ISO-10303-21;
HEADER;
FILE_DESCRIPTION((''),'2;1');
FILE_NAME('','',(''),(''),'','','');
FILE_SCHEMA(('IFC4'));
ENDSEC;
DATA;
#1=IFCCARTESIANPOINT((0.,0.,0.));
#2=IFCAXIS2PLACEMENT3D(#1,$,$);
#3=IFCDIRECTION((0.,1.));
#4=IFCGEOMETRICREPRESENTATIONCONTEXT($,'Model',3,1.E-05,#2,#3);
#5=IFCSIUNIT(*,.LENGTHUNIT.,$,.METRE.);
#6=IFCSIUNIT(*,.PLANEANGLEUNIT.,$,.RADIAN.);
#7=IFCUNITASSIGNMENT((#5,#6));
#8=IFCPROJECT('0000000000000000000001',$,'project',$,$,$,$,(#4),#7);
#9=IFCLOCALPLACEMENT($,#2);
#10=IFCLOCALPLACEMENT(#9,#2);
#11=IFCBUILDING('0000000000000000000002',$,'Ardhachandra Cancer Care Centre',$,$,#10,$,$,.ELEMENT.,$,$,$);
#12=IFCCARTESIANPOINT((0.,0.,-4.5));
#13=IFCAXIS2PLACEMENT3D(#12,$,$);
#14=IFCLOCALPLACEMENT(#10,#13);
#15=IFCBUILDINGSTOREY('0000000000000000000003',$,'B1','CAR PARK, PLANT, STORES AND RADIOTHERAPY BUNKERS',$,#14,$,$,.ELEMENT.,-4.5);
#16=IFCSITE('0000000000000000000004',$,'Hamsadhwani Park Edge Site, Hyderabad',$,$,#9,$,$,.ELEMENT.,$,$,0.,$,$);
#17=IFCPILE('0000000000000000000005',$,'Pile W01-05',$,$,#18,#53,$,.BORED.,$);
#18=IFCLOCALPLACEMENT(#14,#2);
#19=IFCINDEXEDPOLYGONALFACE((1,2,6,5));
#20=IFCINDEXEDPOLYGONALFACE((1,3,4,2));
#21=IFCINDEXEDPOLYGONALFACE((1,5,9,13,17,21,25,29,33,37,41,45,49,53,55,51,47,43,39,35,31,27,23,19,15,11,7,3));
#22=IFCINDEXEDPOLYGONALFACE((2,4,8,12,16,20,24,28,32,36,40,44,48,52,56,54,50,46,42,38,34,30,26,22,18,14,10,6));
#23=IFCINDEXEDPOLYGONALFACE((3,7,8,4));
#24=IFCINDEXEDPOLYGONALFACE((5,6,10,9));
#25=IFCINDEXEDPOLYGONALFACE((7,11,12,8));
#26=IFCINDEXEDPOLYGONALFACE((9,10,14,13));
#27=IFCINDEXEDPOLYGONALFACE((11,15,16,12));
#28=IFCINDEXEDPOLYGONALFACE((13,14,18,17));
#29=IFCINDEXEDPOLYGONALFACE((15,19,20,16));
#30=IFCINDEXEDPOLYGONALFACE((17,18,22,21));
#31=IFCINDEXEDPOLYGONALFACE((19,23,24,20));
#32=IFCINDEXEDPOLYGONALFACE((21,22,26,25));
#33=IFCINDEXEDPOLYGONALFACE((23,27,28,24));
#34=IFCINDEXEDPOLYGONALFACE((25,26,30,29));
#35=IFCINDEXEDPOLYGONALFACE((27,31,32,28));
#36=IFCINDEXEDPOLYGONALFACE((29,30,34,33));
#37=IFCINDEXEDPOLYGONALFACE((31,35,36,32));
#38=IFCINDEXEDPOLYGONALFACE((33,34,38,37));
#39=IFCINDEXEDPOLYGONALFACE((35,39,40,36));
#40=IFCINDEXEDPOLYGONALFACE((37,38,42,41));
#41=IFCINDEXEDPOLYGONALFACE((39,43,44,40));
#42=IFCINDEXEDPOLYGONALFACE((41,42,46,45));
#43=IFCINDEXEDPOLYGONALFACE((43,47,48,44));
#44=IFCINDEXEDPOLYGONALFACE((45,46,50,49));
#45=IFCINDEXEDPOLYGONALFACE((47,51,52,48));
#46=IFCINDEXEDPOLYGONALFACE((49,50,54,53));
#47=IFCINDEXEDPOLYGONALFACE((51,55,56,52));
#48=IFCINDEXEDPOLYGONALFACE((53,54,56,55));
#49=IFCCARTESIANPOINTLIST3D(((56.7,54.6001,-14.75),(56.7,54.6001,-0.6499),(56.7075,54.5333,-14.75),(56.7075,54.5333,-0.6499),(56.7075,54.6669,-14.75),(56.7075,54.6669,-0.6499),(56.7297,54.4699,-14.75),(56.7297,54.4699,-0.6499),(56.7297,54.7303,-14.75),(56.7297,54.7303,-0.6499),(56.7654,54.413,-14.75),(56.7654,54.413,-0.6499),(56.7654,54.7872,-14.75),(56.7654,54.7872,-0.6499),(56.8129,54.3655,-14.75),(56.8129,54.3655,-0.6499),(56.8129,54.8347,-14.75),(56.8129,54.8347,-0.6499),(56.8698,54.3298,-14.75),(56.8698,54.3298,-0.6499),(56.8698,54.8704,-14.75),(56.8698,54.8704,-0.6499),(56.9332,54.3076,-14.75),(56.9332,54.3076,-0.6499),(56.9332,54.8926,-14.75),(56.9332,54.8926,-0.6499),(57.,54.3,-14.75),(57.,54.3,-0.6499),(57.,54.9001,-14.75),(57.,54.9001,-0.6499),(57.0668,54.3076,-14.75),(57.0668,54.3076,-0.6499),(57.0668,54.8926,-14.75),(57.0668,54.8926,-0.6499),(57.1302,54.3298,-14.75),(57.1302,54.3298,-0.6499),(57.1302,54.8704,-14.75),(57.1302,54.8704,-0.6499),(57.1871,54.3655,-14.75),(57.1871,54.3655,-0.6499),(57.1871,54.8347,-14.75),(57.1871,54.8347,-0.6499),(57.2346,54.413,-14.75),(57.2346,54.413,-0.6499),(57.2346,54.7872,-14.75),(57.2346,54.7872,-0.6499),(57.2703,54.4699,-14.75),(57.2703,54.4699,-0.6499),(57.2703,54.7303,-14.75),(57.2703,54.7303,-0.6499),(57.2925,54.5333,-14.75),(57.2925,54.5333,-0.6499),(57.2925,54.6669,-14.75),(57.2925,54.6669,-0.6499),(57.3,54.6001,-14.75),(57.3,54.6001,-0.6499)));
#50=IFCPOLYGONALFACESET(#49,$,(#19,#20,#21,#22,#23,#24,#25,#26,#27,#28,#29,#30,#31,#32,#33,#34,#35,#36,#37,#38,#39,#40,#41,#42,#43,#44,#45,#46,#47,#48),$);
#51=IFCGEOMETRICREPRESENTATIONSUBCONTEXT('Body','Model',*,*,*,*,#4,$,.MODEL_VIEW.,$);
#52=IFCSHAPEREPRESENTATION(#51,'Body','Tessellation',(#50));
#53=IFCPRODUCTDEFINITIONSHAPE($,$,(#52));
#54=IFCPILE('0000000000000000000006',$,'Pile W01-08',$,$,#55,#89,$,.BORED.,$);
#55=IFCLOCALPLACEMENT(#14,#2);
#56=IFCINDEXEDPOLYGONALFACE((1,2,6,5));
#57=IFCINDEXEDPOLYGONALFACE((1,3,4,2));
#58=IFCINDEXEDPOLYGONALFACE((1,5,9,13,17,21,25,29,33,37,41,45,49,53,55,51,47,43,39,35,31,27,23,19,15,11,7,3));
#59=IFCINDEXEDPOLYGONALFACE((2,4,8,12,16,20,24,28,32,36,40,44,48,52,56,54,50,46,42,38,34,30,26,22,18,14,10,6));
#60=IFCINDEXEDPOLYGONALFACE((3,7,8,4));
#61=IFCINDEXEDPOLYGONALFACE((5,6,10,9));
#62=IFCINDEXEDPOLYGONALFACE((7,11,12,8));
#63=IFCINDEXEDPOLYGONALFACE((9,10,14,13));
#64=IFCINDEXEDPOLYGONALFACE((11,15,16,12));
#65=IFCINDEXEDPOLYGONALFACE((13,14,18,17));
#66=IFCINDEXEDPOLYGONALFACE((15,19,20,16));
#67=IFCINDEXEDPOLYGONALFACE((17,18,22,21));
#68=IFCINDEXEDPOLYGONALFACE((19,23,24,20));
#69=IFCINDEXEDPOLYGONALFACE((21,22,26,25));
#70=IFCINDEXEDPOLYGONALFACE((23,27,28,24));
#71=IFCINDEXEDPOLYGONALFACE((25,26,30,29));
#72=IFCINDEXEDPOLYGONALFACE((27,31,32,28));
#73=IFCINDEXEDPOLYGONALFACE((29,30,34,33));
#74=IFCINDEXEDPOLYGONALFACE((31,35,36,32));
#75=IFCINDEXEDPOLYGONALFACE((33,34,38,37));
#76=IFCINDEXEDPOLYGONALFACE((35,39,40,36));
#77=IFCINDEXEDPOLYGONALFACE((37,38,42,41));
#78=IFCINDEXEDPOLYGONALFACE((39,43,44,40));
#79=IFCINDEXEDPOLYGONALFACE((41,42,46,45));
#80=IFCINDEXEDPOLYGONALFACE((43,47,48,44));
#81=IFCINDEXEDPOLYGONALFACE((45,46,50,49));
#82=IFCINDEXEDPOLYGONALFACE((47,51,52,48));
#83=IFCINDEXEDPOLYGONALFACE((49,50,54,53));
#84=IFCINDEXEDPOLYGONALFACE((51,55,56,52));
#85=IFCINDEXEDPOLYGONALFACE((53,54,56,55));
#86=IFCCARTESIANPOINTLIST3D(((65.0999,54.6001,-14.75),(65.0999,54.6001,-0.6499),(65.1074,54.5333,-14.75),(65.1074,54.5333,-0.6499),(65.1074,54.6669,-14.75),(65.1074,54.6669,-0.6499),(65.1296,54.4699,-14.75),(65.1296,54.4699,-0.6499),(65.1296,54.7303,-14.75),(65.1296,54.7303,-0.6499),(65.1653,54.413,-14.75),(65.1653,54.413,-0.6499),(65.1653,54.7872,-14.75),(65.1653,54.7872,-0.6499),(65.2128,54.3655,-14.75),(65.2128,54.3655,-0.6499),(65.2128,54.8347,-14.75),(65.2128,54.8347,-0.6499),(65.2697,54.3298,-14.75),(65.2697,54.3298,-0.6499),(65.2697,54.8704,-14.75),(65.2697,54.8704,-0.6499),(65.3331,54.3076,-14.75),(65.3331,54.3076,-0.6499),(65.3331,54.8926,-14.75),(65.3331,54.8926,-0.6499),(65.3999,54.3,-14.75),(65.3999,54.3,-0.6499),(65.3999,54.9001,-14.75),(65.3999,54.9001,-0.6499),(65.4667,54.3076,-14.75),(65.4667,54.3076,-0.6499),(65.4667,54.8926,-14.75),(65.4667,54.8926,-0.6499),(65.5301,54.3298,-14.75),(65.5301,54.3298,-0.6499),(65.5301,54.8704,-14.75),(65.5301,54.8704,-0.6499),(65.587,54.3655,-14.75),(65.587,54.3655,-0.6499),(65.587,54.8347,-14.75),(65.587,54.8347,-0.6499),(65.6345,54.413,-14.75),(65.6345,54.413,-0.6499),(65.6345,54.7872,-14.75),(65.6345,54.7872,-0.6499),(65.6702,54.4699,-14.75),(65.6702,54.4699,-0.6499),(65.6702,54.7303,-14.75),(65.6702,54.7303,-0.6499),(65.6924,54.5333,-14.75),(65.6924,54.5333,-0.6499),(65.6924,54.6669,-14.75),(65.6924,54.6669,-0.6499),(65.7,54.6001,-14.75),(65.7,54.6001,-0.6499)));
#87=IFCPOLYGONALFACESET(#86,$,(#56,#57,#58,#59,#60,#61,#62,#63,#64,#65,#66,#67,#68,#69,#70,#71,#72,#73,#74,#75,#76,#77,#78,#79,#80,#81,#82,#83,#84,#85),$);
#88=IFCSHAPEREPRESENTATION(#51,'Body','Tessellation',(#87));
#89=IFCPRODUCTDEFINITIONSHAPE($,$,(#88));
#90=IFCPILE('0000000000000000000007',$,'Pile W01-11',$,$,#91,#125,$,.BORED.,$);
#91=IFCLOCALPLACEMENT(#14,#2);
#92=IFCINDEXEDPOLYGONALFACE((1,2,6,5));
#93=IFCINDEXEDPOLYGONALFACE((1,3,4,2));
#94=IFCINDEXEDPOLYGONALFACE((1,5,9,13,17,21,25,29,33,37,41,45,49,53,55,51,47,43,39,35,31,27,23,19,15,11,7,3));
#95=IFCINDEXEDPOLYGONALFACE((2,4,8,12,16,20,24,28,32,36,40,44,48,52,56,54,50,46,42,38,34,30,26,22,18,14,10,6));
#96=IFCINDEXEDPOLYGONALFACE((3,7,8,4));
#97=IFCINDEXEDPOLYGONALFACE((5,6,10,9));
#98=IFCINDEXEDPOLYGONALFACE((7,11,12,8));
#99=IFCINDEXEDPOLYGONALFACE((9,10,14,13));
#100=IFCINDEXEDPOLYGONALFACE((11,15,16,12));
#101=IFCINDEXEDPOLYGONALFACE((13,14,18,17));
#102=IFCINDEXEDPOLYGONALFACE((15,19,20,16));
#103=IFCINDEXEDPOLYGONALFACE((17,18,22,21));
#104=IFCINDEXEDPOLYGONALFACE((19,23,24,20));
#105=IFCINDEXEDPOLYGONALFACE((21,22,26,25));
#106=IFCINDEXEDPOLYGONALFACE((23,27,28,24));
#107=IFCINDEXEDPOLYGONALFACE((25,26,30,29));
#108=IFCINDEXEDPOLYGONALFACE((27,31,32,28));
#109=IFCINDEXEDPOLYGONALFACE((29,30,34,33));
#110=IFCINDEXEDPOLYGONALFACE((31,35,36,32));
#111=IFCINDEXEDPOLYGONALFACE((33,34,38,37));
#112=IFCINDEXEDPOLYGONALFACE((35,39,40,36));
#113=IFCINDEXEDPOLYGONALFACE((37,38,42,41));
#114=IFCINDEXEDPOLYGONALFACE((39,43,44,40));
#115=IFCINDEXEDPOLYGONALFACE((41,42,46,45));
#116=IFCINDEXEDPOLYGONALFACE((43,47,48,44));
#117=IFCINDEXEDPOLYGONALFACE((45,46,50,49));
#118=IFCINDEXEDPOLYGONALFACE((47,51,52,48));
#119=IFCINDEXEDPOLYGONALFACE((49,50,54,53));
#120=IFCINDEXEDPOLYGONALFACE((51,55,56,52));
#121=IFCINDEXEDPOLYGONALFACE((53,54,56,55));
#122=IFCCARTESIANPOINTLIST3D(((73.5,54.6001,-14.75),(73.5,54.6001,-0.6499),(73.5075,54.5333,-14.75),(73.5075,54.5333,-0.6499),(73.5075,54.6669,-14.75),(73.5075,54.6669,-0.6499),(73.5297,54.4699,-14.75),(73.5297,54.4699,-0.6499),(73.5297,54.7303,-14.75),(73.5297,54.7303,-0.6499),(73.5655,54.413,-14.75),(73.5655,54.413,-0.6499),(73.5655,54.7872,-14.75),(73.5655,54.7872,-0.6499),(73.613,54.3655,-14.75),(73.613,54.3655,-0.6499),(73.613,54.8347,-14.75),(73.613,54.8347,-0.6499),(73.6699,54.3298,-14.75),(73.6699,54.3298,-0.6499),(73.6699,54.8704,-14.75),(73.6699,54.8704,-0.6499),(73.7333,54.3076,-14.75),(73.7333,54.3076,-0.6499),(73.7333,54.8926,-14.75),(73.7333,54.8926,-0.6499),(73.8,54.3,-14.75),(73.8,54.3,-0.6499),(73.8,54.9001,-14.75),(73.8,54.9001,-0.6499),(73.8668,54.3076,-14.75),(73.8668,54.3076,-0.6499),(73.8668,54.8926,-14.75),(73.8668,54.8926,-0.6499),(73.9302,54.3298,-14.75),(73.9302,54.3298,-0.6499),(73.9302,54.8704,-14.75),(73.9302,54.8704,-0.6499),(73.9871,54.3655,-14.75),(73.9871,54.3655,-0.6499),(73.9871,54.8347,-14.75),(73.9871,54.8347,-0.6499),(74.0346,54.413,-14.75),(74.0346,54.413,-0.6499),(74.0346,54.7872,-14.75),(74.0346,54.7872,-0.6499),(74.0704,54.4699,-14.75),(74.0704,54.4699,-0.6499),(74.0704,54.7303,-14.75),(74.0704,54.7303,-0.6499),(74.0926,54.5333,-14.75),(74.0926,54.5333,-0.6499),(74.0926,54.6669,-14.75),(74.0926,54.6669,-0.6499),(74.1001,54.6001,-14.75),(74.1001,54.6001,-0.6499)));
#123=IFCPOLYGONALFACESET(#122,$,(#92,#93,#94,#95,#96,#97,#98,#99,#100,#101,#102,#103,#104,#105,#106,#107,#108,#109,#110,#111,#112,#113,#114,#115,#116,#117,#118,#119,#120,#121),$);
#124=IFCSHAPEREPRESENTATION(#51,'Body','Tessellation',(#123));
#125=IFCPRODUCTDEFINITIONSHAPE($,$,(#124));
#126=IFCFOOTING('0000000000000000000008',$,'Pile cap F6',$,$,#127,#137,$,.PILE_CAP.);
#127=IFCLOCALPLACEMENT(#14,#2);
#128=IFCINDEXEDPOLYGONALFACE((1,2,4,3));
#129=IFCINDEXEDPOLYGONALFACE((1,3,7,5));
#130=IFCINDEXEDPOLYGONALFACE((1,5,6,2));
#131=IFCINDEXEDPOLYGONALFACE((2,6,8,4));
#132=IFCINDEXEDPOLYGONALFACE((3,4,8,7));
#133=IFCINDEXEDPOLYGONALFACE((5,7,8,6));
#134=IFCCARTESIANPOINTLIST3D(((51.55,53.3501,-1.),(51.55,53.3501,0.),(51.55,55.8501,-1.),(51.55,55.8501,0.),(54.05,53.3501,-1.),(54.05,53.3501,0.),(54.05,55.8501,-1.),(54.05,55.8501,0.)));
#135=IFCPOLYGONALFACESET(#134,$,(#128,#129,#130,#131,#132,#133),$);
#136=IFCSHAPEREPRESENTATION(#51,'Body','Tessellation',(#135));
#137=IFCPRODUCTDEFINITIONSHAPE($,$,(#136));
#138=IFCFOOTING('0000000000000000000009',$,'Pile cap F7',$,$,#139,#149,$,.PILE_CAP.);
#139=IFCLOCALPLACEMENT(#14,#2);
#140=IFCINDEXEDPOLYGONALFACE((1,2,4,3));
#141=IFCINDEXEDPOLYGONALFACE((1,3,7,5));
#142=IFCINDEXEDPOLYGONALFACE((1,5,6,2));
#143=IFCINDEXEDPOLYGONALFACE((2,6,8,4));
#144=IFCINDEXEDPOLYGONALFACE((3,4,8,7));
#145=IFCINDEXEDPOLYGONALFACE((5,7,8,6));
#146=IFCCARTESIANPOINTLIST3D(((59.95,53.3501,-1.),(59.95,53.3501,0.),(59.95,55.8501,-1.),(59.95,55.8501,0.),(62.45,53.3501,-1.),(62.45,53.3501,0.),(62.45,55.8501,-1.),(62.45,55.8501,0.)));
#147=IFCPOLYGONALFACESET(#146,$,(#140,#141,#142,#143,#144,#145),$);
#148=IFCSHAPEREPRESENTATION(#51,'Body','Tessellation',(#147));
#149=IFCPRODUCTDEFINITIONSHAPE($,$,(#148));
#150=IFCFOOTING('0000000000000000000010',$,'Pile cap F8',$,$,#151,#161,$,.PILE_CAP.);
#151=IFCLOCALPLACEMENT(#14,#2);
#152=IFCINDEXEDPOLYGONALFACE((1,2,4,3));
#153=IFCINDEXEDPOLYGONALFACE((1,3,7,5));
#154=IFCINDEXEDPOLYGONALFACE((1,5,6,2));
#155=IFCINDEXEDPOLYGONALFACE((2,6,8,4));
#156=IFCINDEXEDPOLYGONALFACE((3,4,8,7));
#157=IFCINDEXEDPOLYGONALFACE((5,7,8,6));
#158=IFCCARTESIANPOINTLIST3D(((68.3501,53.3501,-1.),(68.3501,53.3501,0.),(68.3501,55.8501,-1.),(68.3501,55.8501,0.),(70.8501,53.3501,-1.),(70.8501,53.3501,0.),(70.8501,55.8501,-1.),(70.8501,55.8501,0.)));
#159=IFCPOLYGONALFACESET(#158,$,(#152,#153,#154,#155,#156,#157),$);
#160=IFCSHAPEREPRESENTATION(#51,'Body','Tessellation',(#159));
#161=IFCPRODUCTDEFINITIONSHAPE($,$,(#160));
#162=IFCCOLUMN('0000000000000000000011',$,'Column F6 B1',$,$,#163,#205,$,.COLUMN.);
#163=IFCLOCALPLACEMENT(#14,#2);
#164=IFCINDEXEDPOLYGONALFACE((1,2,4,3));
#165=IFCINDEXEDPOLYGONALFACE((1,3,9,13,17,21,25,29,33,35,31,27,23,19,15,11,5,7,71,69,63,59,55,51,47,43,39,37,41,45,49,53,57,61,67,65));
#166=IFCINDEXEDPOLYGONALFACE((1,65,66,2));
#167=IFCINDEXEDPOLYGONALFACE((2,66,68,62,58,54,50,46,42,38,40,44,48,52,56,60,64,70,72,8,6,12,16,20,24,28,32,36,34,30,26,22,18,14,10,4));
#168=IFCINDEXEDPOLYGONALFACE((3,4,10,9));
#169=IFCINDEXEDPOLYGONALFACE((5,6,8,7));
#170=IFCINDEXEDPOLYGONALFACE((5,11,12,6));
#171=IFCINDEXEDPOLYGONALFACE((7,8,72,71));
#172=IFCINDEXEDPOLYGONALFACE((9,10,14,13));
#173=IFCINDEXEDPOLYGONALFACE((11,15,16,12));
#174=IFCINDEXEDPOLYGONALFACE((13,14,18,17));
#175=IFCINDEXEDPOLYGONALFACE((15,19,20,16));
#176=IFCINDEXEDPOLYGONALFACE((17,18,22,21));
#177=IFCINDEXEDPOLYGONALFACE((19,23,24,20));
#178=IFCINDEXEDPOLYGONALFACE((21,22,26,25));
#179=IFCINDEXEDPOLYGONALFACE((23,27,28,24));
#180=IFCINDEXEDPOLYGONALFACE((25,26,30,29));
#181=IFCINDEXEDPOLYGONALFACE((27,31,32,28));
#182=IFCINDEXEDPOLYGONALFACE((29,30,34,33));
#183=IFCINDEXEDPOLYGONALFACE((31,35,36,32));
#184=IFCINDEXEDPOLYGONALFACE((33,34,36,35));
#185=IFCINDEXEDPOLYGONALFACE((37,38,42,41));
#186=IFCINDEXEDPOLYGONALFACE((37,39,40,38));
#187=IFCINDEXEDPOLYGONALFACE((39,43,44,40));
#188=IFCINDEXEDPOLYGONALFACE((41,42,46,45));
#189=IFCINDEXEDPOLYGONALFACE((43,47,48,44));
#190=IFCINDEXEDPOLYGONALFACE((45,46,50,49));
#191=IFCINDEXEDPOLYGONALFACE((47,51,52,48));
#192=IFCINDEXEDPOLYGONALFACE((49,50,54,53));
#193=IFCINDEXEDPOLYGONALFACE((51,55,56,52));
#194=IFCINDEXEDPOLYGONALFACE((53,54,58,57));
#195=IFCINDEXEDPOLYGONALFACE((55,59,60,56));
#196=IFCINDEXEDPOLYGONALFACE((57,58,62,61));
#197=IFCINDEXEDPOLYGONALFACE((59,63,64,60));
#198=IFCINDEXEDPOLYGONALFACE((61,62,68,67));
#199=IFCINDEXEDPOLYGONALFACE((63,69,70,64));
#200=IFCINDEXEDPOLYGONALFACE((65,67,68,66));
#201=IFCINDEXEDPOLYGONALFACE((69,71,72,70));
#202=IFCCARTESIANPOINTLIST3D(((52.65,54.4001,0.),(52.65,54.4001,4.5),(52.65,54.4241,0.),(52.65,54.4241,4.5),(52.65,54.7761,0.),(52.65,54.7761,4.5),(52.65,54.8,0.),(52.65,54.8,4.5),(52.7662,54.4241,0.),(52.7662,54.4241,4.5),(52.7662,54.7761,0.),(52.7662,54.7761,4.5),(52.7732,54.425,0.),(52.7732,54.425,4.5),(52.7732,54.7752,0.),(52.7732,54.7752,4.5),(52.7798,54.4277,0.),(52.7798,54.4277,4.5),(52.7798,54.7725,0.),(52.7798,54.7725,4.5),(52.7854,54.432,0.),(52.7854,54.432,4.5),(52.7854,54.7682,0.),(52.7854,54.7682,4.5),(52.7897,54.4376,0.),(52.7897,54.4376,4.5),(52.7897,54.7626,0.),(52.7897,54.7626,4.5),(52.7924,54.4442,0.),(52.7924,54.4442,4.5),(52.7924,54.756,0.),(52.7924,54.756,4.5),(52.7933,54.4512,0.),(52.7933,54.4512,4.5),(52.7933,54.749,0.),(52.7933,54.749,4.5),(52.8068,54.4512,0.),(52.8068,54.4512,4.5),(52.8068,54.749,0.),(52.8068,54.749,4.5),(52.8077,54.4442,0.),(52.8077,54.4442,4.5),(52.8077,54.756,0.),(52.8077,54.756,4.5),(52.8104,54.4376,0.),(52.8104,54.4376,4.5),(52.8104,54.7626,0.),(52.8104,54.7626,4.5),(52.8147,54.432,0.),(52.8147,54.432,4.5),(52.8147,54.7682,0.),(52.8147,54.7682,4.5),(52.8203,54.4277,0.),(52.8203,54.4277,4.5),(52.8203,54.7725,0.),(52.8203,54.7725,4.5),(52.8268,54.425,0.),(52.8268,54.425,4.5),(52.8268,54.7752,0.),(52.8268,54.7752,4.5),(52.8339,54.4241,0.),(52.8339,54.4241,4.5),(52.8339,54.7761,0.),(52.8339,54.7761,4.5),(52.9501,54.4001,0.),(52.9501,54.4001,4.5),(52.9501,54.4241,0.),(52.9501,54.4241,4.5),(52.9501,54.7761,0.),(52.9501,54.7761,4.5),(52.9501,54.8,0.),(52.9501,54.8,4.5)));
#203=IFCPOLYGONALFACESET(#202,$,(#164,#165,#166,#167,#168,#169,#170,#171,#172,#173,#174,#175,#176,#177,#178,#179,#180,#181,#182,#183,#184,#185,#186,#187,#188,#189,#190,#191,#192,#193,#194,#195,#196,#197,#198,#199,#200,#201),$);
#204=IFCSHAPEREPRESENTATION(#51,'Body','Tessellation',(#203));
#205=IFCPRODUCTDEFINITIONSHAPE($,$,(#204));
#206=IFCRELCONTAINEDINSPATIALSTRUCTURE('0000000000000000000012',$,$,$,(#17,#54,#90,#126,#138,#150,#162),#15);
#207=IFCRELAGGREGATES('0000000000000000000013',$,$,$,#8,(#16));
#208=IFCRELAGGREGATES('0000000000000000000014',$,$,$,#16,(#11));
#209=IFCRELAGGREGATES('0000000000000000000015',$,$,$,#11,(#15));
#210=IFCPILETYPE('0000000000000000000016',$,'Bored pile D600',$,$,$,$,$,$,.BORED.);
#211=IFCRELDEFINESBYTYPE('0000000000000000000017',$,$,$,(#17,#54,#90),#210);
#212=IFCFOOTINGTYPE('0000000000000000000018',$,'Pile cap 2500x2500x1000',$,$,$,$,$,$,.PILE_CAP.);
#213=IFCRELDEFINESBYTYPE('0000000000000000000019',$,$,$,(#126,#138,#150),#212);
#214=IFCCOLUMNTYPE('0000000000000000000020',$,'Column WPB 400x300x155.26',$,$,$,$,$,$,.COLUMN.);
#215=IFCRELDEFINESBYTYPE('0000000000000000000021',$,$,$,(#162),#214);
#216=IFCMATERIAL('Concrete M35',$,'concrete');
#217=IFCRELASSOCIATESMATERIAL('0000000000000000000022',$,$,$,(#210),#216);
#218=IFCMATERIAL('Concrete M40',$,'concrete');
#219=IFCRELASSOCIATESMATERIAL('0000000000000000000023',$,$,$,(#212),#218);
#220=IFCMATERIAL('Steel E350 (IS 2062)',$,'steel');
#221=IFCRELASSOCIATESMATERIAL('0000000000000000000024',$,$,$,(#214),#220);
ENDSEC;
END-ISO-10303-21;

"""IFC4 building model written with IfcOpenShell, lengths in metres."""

from ifc_helpers import new_model, si_unit, direction, frame, origin, origin_2d, place, context, subcontext, project, spatial, rectangle, circle, i_section, extrude, material, material_profile, profile_set, type_object, element, save


model = new_model("IFC4")

# Units and contexts
model_context = context("Model", 3, precision=1e-05, world=origin(), true_north=direction((0.0, 1.0)))
body_context = subcontext(model_context, "Body", "Model", "MODEL_VIEW")
ifc_project = project(units=[si_unit("LENGTHUNIT", "METRE"), si_unit("PLANEANGLEUNIT", "RADIAN")], contexts=[model_context])

# Site, building, storey
site_placement = place(None, origin())
site = spatial("IfcSite", under=ifc_project, at=site_placement, Name="Hamsadhwani Park Edge Site, Hyderabad", CompositionType="ELEMENT", RefElevation=0.0)
building_placement = place(site_placement, origin())
building = spatial("IfcBuilding", under=site, at=building_placement, Name="Ardhachandra Cancer Care Centre", CompositionType="ELEMENT")
storey_placement = place(building_placement, frame((0.0, 0.0, -4.5)))
storey = spatial("IfcBuildingStorey", under=building, at=storey_placement, Name="B1", Description="CAR PARK, PLANT, STORES AND RADIOTHERAPY BUNKERS", CompositionType="ELEMENT", Elevation=-4.5)

# Piles
ifc_material_1 = material(Name="Concrete M35", Category="concrete")
ifc_material_profile_1 = material_profile(ifc_material_1, circle(Radius=0.3, at=origin_2d()), Name="D600")
ifc_profile_set_1 = profile_set([ifc_material_profile_1], Name="Concrete M35")
pile_type = type_object("IfcPileType", Name="Bored pile D600", PredefinedType="BORED", material=ifc_profile_set_1)
for number, where, z_axis, x_axis, name in (
    (1, (57.0, 54.6001, -0.6499), (0.0, 0.0, -1.0), (1.0, 0.0, 0.0), "Pile W01-05"),
    (2, (65.3999, 54.6001, -0.6499), (0.0, 0.0, -1.0), (1.0, 0.0, 0.0), "Pile W01-08"),
    (3, (73.8, 54.6001, -0.6499), (0.0, 0.0, -1.0), (1.0, 0.0, 0.0), "Pile W01-11"),
):
    element("IfcPile", number, at=place(storey_placement, frame(where, z_axis=z_axis, x_axis=x_axis)), inside=storey, type_object=pile_type, Name=name, PredefinedType="BORED", context=body_context, shape_type="SweptSolid", body=[
        extrude(circle(Radius=0.3, at=origin_2d()), origin(), (0.0, 0.0, 1.0), 14.1001),
    ])

# Footings
ifc_material_2 = material(Name="Concrete M40", Category="concrete")
footing_type = type_object("IfcFootingType", Name="Pile cap 2500x2500x1000", PredefinedType="PILE_CAP", material=ifc_material_2)
for number, where, z_axis, x_axis, name in (
    (4, (52.8, 54.6001, -1.0), (0.0, 0.0, 1.0), (1.0, 0.0, 0.0), "Pile cap F6"),
    (5, (61.2, 54.6001, -1.0), (0.0, 0.0, 1.0), (1.0, 0.0, 0.0), "Pile cap F7"),
    (6, (69.6001, 54.6001, -1.0), (0.0, 0.0, 1.0), (1.0, 0.0, 0.0), "Pile cap F8"),
):
    element("IfcFooting", number, at=place(storey_placement, frame(where, z_axis=z_axis, x_axis=x_axis)), inside=storey, type_object=footing_type, Name=name, PredefinedType="PILE_CAP", context=body_context, shape_type="SweptSolid", body=[
        extrude(rectangle(XDim=2.5, YDim=2.5, at=origin_2d()), origin(), (0.0, 0.0, 1.0), 1.0),
    ])

# Column
ifc_material_3 = material(Name="Steel E350 (IS 2062)", Category="steel")
ifc_material_profile_2 = material_profile(ifc_material_3, i_section(OverallWidth=0.3, OverallDepth=0.3999, WebThickness=0.0134, FlangeThickness=0.0239, FilletRadius=0.0271, at=origin_2d()), Name="WPB 400x300x155.26")
ifc_profile_set_2 = profile_set([ifc_material_profile_2], Name="Steel E350 (IS 2062)")
column_type = type_object("IfcColumnType", Name="Column WPB 400x300x155.26", PredefinedType="COLUMN", material=ifc_profile_set_2)
for number, where, z_axis, x_axis, name in (
    (7, (52.8, 54.6001, 0.0), (0.0, 0.0, 1.0), (1.0, 0.0, 0.0), "Column F6 B1"),
):
    element("IfcColumn", number, at=place(storey_placement, frame(where, z_axis=z_axis, x_axis=x_axis)), inside=storey, type_object=column_type, Name=name, PredefinedType="COLUMN", context=body_context, shape_type="SweptSolid", body=[
        extrude(i_section(OverallWidth=0.3, OverallDepth=0.3999, WebThickness=0.0134, FlangeThickness=0.0239, FilletRadius=0.0271, at=origin_2d()), origin(), (0.0, 0.0, 1.0), 4.5),
    ])

save(model, "model.ifc")
